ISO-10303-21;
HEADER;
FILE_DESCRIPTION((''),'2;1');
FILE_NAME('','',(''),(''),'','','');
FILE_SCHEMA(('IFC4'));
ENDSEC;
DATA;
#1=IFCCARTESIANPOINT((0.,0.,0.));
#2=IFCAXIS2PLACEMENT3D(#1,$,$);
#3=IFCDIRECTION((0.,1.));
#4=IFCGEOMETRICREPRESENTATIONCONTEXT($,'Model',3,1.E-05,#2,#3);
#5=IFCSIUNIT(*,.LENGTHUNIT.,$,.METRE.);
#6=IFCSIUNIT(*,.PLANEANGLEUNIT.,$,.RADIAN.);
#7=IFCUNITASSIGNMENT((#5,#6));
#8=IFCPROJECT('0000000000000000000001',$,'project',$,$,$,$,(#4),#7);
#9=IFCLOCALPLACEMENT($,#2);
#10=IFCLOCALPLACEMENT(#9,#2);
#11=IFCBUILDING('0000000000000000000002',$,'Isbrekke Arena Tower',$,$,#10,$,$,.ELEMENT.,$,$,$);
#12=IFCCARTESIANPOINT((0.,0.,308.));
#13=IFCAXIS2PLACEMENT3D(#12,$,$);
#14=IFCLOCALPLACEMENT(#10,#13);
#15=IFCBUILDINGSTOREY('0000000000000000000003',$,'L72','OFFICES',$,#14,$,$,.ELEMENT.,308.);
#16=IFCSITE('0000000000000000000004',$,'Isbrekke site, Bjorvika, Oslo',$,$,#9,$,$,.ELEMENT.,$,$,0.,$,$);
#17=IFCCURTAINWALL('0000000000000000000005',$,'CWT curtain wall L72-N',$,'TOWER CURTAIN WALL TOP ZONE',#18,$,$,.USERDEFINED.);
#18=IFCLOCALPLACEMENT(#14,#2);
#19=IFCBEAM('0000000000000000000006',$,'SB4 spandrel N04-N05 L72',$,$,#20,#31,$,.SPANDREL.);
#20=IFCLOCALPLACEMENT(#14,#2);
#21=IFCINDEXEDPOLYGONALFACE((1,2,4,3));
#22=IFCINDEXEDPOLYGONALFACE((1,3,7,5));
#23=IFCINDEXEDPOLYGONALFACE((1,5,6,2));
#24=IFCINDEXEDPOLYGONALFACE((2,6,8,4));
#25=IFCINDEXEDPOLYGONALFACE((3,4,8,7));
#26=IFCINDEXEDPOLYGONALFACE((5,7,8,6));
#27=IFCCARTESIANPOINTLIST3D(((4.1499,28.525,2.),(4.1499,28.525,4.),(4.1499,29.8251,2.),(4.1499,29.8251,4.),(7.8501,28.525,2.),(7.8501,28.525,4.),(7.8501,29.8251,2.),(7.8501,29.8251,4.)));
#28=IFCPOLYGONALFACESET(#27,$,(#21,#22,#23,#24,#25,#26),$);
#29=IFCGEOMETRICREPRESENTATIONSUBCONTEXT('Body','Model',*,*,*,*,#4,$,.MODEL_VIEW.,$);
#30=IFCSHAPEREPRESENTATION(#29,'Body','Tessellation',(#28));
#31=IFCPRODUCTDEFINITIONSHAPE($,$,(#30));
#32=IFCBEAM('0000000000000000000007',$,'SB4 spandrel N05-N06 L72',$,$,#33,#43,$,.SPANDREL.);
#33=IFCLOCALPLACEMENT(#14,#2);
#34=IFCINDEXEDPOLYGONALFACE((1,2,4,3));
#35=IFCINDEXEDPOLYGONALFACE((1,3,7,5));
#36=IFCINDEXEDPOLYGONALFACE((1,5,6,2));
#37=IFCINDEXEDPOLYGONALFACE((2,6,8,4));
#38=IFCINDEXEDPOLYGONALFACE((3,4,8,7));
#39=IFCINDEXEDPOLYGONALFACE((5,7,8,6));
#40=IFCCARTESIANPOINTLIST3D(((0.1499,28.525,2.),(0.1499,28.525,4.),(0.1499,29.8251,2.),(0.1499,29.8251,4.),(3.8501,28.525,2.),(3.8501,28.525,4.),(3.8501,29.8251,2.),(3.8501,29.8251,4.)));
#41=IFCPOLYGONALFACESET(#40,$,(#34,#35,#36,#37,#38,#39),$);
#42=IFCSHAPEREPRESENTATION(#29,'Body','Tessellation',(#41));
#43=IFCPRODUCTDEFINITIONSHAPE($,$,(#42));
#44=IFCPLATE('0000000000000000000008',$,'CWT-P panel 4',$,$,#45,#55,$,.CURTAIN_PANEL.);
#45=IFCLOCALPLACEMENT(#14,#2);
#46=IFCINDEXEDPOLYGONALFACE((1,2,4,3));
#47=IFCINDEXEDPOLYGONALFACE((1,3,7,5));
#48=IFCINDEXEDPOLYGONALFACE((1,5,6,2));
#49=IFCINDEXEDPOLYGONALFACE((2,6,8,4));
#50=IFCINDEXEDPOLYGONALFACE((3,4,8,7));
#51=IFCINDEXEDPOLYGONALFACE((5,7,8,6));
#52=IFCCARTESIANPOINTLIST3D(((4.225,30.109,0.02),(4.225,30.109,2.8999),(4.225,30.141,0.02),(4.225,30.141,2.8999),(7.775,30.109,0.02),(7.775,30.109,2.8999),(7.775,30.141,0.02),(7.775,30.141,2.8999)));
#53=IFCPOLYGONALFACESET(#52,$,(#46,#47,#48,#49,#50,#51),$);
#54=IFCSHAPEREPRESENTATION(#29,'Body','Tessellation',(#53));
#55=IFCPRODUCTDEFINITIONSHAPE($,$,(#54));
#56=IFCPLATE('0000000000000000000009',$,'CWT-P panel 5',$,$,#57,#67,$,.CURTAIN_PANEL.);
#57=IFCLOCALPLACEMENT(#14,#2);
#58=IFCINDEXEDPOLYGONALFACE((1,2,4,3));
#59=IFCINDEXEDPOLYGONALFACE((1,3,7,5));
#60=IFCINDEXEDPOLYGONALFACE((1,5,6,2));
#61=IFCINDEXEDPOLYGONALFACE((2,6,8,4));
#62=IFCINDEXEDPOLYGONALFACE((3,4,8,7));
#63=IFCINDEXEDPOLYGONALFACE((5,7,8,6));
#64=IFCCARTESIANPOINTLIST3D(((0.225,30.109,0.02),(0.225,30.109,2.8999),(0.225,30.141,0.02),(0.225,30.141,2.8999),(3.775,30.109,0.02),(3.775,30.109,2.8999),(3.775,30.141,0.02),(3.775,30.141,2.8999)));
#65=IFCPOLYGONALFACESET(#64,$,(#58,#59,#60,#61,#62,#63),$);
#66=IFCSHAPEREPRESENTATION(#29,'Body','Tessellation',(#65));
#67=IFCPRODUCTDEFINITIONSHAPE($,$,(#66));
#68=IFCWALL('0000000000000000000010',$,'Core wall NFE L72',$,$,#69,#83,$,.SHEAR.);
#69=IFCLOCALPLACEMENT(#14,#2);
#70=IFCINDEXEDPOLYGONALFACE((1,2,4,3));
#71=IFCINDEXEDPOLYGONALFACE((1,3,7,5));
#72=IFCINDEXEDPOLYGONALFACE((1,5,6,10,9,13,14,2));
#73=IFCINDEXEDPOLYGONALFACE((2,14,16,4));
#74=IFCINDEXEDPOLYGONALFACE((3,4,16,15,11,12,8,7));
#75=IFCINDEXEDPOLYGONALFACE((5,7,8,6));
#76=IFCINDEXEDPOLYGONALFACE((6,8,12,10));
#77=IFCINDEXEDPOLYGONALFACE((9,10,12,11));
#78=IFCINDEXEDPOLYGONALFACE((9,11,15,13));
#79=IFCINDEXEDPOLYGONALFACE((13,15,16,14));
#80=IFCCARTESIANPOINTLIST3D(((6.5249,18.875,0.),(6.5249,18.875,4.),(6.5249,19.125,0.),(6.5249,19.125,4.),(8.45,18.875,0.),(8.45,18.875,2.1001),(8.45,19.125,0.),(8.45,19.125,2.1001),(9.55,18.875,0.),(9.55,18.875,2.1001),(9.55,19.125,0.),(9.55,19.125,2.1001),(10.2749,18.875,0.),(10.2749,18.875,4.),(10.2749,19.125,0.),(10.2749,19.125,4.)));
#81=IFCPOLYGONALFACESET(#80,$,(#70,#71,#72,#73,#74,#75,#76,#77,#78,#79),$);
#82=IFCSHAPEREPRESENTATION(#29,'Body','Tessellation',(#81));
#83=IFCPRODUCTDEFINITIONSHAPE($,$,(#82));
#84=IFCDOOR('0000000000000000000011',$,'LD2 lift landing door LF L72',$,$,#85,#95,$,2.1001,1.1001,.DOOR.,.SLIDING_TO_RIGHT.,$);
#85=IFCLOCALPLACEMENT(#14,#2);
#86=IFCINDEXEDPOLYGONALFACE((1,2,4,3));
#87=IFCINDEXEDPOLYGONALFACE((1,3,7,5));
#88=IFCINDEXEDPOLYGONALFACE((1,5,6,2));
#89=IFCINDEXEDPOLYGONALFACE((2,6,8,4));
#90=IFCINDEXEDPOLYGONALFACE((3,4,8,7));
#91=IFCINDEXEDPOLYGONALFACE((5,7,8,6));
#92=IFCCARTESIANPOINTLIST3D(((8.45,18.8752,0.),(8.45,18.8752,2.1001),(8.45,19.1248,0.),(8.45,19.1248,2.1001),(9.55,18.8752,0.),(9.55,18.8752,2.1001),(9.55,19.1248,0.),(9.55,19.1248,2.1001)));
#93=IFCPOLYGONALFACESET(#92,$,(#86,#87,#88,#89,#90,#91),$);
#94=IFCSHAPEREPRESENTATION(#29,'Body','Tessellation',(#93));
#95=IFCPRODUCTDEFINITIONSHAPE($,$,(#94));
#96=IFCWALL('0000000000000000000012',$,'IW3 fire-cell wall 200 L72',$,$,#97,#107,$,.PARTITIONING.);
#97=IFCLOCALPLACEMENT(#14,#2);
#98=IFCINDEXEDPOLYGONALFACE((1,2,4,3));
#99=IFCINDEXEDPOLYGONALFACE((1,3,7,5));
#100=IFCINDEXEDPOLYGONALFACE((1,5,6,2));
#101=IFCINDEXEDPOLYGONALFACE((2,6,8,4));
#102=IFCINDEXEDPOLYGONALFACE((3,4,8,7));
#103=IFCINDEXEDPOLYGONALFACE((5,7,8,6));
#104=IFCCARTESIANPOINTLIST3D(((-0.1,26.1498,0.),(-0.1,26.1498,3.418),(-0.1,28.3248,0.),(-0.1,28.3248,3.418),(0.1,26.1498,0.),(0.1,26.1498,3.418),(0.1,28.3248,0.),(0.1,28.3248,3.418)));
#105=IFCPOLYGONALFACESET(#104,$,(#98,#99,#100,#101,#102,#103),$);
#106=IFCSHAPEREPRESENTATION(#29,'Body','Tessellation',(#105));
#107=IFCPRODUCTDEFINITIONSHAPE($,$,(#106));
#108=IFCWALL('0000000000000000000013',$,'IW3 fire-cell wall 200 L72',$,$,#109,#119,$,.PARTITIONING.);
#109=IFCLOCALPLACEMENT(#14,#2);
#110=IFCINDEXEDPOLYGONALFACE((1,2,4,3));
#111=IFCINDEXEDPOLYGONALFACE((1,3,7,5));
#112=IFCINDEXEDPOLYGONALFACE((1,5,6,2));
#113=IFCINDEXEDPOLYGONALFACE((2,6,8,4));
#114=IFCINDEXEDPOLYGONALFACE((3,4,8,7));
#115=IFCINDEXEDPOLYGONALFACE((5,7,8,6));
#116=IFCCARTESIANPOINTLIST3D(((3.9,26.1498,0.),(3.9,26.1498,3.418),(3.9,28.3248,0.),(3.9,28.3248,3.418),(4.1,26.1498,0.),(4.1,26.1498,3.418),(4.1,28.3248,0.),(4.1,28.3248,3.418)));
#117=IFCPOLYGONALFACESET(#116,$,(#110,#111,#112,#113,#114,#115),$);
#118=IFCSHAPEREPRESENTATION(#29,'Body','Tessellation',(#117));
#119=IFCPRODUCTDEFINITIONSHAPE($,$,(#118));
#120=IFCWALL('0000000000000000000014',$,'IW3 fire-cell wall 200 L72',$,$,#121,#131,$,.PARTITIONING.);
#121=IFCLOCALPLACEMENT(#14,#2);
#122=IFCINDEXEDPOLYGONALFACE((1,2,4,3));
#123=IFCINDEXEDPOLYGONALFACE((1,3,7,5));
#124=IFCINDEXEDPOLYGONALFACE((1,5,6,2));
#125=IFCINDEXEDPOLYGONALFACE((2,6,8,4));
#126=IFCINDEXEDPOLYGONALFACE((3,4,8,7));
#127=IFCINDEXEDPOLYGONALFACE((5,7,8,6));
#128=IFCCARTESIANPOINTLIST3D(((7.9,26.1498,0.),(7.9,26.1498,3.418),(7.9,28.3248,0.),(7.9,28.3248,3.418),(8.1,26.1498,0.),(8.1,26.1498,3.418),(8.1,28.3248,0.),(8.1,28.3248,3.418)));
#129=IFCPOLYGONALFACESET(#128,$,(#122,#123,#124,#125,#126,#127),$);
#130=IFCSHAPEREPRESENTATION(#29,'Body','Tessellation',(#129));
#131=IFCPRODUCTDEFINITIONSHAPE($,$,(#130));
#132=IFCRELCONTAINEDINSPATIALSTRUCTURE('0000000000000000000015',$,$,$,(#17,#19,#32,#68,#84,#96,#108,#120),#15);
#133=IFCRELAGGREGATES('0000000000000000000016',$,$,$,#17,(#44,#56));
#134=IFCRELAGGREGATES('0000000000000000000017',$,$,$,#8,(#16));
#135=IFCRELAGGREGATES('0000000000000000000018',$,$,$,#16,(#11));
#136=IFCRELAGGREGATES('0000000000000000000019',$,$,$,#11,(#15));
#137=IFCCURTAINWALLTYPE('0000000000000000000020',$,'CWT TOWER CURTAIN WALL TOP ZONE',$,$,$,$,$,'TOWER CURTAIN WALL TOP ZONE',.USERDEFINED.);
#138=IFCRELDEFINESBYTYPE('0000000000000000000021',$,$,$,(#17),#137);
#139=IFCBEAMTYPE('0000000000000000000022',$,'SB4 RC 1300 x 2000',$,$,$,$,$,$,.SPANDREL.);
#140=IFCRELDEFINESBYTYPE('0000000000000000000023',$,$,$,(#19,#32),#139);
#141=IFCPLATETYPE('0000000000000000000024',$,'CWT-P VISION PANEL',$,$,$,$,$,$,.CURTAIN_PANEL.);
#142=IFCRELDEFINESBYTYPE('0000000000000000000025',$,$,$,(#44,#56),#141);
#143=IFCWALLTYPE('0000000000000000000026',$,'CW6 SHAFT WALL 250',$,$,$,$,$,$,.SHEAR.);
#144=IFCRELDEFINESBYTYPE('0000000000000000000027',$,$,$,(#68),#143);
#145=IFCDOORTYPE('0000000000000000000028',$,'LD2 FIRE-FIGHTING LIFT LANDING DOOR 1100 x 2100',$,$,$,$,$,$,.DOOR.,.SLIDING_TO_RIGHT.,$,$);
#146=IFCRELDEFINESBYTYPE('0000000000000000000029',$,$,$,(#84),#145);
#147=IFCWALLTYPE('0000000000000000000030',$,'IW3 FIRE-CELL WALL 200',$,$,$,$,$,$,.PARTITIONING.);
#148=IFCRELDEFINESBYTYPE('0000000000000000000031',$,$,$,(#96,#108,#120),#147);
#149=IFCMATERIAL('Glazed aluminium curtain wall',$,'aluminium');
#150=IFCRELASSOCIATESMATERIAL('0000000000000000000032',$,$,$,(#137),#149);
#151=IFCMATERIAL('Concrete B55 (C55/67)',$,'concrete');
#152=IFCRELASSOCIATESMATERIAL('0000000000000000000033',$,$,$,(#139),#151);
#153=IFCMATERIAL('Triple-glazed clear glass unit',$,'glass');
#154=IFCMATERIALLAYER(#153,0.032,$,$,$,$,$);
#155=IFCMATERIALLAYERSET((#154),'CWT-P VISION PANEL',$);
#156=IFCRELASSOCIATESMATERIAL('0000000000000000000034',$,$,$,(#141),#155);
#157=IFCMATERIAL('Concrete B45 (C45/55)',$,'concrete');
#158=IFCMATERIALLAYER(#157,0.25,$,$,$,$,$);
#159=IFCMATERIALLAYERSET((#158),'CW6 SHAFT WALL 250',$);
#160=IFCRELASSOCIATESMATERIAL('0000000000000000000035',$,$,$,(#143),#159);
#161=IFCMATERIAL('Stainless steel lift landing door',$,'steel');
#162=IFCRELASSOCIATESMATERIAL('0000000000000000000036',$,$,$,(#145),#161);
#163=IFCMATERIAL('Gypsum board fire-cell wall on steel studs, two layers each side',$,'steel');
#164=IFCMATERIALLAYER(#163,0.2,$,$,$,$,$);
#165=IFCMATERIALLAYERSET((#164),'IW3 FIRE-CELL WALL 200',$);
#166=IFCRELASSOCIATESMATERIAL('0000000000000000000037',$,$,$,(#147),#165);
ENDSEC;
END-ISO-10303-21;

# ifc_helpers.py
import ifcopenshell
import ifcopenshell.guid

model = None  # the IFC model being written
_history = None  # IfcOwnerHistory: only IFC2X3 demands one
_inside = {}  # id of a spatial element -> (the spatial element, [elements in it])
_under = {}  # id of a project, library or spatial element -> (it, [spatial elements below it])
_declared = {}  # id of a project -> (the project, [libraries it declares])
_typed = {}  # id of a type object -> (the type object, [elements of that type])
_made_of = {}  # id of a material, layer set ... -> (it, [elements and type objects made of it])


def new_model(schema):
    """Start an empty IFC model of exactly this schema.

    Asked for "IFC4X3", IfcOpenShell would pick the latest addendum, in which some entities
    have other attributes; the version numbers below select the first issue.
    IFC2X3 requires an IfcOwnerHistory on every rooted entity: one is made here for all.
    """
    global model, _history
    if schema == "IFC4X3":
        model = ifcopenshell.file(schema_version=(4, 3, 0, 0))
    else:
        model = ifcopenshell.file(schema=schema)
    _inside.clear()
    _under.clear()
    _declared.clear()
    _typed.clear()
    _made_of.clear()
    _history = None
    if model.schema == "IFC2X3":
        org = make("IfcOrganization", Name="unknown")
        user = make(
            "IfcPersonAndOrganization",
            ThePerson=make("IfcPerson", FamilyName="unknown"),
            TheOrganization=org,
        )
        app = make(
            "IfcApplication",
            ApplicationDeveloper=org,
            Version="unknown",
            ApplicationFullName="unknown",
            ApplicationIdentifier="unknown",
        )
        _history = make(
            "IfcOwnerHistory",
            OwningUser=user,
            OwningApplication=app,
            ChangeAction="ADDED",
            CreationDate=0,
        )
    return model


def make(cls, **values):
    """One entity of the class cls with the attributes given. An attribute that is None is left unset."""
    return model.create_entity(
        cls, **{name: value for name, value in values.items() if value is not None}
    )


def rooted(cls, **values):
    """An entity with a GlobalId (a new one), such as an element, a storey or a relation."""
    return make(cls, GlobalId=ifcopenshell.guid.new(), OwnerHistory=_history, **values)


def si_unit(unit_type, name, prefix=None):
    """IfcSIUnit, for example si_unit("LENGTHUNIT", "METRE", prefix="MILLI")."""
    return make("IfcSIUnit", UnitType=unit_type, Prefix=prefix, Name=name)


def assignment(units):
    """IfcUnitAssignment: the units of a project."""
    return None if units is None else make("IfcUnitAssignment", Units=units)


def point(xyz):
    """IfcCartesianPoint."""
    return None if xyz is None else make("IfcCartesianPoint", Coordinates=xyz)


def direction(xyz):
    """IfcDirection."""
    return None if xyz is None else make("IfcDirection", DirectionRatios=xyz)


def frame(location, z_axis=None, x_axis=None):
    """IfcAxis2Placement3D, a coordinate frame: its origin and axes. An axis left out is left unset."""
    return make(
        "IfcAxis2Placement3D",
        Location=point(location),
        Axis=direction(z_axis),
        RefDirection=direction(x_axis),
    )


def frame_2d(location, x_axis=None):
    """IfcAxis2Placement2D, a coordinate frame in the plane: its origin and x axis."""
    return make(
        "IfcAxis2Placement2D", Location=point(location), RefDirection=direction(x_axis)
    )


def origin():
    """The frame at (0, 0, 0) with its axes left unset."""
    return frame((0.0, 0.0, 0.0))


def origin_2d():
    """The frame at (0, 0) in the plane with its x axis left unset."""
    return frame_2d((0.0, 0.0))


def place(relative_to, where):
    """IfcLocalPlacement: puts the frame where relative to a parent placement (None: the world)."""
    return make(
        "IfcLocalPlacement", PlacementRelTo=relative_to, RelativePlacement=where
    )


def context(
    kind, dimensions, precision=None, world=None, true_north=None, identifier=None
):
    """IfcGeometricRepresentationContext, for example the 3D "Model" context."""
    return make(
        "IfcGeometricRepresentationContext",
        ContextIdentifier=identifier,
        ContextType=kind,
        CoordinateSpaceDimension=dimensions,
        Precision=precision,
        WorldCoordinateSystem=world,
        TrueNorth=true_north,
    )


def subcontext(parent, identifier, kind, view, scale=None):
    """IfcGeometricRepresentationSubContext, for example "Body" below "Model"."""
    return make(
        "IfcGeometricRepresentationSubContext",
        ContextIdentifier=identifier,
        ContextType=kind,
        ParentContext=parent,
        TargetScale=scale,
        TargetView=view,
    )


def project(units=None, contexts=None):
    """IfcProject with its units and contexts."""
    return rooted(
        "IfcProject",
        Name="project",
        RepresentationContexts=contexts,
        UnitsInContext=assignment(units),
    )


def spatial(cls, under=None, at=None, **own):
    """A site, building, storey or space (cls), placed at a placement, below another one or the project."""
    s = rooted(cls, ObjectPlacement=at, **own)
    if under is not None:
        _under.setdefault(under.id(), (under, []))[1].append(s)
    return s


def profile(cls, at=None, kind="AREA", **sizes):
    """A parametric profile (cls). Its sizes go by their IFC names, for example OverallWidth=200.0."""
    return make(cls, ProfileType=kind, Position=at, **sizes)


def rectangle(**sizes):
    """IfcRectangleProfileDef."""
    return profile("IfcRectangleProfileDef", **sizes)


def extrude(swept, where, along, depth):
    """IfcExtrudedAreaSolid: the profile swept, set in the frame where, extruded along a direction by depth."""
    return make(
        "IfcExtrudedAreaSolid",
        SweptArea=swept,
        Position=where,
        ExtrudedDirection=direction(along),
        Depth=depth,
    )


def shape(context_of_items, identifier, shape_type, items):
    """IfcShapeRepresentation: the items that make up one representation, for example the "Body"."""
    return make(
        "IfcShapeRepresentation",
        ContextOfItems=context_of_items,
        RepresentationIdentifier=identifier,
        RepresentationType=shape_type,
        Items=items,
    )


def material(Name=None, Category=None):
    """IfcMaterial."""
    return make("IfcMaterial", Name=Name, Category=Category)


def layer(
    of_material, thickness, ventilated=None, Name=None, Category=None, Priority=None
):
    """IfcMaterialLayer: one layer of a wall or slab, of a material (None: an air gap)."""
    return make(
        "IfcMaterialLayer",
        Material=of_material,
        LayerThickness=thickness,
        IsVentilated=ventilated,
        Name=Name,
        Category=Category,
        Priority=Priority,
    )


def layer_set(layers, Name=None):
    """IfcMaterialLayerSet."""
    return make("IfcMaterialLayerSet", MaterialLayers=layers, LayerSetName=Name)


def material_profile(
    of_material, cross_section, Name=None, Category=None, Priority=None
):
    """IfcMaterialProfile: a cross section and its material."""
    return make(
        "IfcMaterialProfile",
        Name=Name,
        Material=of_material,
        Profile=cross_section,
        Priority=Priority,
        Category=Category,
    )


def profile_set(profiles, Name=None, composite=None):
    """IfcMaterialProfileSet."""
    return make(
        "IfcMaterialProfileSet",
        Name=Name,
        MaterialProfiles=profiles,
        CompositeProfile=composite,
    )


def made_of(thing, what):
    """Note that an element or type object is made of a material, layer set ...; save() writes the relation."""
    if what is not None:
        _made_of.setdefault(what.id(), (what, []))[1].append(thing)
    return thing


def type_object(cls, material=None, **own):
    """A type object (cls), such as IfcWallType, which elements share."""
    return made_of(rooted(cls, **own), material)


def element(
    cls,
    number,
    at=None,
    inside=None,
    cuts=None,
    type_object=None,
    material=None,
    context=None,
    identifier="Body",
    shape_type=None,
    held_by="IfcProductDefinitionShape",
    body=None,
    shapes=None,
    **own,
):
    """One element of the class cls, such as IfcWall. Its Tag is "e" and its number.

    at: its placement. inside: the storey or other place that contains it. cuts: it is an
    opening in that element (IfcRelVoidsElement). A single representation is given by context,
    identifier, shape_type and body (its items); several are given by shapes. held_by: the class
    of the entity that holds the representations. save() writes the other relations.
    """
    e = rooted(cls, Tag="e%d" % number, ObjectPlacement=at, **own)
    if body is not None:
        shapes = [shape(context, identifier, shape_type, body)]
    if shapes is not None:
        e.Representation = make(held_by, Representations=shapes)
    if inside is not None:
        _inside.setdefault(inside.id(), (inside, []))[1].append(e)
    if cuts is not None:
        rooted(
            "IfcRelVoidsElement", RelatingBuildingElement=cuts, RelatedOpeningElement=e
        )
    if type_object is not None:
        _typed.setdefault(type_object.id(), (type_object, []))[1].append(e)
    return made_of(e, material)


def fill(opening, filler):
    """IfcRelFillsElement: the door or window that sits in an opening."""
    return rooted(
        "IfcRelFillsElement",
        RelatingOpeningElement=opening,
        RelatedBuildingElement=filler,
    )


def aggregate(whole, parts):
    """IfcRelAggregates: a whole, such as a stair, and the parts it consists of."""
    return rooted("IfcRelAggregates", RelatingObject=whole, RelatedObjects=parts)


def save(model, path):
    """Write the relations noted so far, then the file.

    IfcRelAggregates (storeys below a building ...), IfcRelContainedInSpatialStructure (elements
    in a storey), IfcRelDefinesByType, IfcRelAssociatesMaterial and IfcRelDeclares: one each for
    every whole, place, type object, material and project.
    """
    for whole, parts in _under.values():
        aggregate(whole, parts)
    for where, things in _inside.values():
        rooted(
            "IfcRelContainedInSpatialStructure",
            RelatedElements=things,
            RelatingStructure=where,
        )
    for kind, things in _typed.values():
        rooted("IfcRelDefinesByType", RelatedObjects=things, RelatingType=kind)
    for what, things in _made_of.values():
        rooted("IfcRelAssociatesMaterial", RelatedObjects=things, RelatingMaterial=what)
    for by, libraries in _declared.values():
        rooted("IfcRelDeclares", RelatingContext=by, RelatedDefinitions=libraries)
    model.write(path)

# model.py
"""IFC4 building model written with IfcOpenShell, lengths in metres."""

from ifc_helpers import new_model, si_unit, direction, frame, frame_2d, origin, origin_2d, place, context, subcontext, project, spatial, rectangle, extrude, material, layer, layer_set, material_profile, profile_set, type_object, element, fill, aggregate, save


model = new_model("IFC4")

# Units and contexts
model_context = context("Model", 3, precision=1e-05, world=origin(), true_north=direction((0.0, 1.0)))
body_context = subcontext(model_context, "Body", "Model", "MODEL_VIEW")
ifc_project = project(units=[si_unit("LENGTHUNIT", "METRE"), si_unit("PLANEANGLEUNIT", "RADIAN")], contexts=[model_context])

# Site, building, storey
site_placement = place(None, origin())
site = spatial("IfcSite", under=ifc_project, at=site_placement, Name="Isbrekke site, Bjorvika, Oslo", CompositionType="ELEMENT", RefElevation=0.0)
building_placement = place(site_placement, origin())
building = spatial("IfcBuilding", under=site, at=building_placement, Name="Isbrekke Arena Tower", CompositionType="ELEMENT")
storey_placement = place(building_placement, frame((0.0, 0.0, 308.0)))
storey = spatial("IfcBuildingStorey", under=building, at=storey_placement, Name="L72", Description="OFFICES", CompositionType="ELEMENT", Elevation=308.0)

# Curtain wall
ifc_material_1 = material(Name="Glazed aluminium curtain wall", Category="aluminium")
curtain_wall_type = type_object("IfcCurtainWallType", Name="CWT TOWER CURTAIN WALL TOP ZONE", ElementType="TOWER CURTAIN WALL TOP ZONE", PredefinedType="USERDEFINED", material=ifc_material_1)
curtain_wall_placement = place(storey_placement, origin())
curtain_wall = element("IfcCurtainWall", 1, at=curtain_wall_placement, inside=storey, type_object=curtain_wall_type, Name="CWT curtain wall L72-N", ObjectType="TOWER CURTAIN WALL TOP ZONE", PredefinedType="USERDEFINED")

# Beams
ifc_material_2 = material(Name="Concrete B55 (C55/67)", Category="concrete")
ifc_material_profile_1 = material_profile(ifc_material_2, rectangle(XDim=1.3, YDim=2.0, at=origin_2d()), Name="RC 1300x2000")
ifc_profile_set_1 = profile_set([ifc_material_profile_1], Name="Concrete B55 (C55/67)")
beam_type_1 = type_object("IfcBeamType", Name="SB4 RC 1300 x 2000", PredefinedType="SPANDREL", material=ifc_profile_set_1)
for number, where, z_axis, x_axis, name in (
    (2, (7.8501, 29.175, 3.0), (-1.0, 0.0, 0.0), (0.0, -1.0, 0.0), "SB4 spandrel N04-N05 L72"),
    (3, (3.8501, 29.175, 3.0), (-1.0, 0.0, 0.0), (0.0, -1.0, 0.0), "SB4 spandrel N05-N06 L72"),
):
    element("IfcBeam", number, at=place(storey_placement, frame(where, z_axis=z_axis, x_axis=x_axis)), inside=storey, type_object=beam_type_1, Name=name, PredefinedType="SPANDREL", context=body_context, shape_type="SweptSolid", body=[
        extrude(rectangle(XDim=1.3, YDim=2.0, at=origin_2d()), origin(), (0.0, 0.0, 1.0), 3.7002),
    ])

# Plates
ifc_material_3 = material(Name="Triple-glazed clear glass unit", Category="glass")
ifc_layer_1 = layer(ifc_material_3, 0.032)
ifc_layer_set_1 = layer_set([ifc_layer_1], Name="CWT-P VISION PANEL")
plate_type = type_object("IfcPlateType", Name="CWT-P VISION PANEL", PredefinedType="CURTAIN_PANEL", material=ifc_layer_set_1)
plate_1_placement = place(storey_placement, frame((6.0, 30.125, 0.02), z_axis=(0.0, 0.0, 1.0), x_axis=(-1.0, 0.0, 0.0)))
plate_1 = element("IfcPlate", 4, at=plate_1_placement, type_object=plate_type, Name="CWT-P panel 4", PredefinedType="CURTAIN_PANEL", context=body_context, shape_type="SweptSolid", body=[
    extrude(rectangle(XDim=3.55, YDim=0.032, at=origin_2d()), origin(), (0.0, 0.0, 1.0), 2.8799),
])
plate_2_placement = place(storey_placement, frame((2.0, 30.125, 0.02), z_axis=(0.0, 0.0, 1.0), x_axis=(-1.0, 0.0, 0.0)))
plate_2 = element("IfcPlate", 5, at=plate_2_placement, type_object=plate_type, Name="CWT-P panel 5", PredefinedType="CURTAIN_PANEL", context=body_context, shape_type="SweptSolid", body=[
    extrude(rectangle(XDim=3.55, YDim=0.032, at=origin_2d()), origin(), (0.0, 0.0, 1.0), 2.8799),
])
aggregate(curtain_wall, [plate_1, plate_2])

# Wall, opening, door
ifc_material_4 = material(Name="Concrete B45 (C45/55)", Category="concrete")
ifc_layer_2 = layer(ifc_material_4, 0.25)
ifc_layer_set_2 = layer_set([ifc_layer_2], Name="CW6 SHAFT WALL 250")
wall_type_1 = type_object("IfcWallType", Name="CW6 SHAFT WALL 250", PredefinedType="SHEAR", material=ifc_layer_set_2)
wall_placement = place(storey_placement, frame((6.5249, 19.0, 0.0), z_axis=(0.0, 0.0, 1.0), x_axis=(1.0, 0.0, 0.0)))
wall = element("IfcWall", 6, at=wall_placement, inside=storey, type_object=wall_type_1, Name="Core wall NFE L72", PredefinedType="SHEAR", context=body_context, shape_type="SweptSolid", body=[
    extrude(rectangle(XDim=3.75, YDim=0.25, at=frame_2d((1.875, 0.0))), origin(), (0.0, 0.0, 1.0), 4.0),
])
opening_placement = place(wall_placement, frame((1.925, 0.0, 0.0)))
opening = element("IfcOpeningElement", 7, at=opening_placement, cuts=wall, PredefinedType="OPENING", context=body_context, shape_type="SweptSolid", body=[
    extrude(rectangle(XDim=1.1001, YDim=2.1001, at=frame_2d((0.55, 1.05))), frame((0.0, 0.1399, 0.0), z_axis=(0.0, -1.0, 0.0), x_axis=(1.0, 0.0, 0.0)), (0.0, 0.0, 1.0), 0.2798),
])
ifc_material_5 = material(Name="Stainless steel lift landing door", Category="steel")
door_type = type_object("IfcDoorType", Name="LD2 FIRE-FIGHTING LIFT LANDING DOOR 1100 x 2100", OperationType="SLIDING_TO_RIGHT", PredefinedType="DOOR", material=ifc_material_5)
door_placement = place(opening_placement, origin())
door = element("IfcDoor", 8, at=door_placement, inside=storey, type_object=door_type, Name="LD2 lift landing door LF L72", OperationType="SLIDING_TO_RIGHT", OverallHeight=2.1001, OverallWidth=1.1001, PredefinedType="DOOR", context=body_context, shape_type="SweptSolid", body=[
    extrude(rectangle(XDim=1.1001, YDim=2.1001, at=frame_2d((0.55, 1.05))), frame((0.0, 0.1248, 0.0), z_axis=(0.0, -1.0, 0.0), x_axis=(1.0, 0.0, 0.0)), (0.0, 0.0, 1.0), 0.2495),
])
fill(opening, door)

# Walls
ifc_material_6 = material(Name="Gypsum board fire-cell wall on steel studs, two layers each side", Category="steel")
ifc_layer_3 = layer(ifc_material_6, 0.2)
ifc_layer_set_3 = layer_set([ifc_layer_3], Name="IW3 FIRE-CELL WALL 200")
wall_type_2 = type_object("IfcWallType", Name="IW3 FIRE-CELL WALL 200", PredefinedType="PARTITIONING", material=ifc_layer_set_3)
for number, where, z_axis, x_axis, name in (
    (9, (0.0, 26.1499, 0.0), (0.0, 0.0, 1.0), (0.0, 1.0, 0.0), "IW3 fire-cell wall 200 L72"),
    (10, (4.0, 26.1499, 0.0), (0.0, 0.0, 1.0), (0.0, 1.0, 0.0), "IW3 fire-cell wall 200 L72"),
    (11, (8.0, 26.1499, 0.0), (0.0, 0.0, 1.0), (0.0, 1.0, 0.0), "IW3 fire-cell wall 200 L72"),
):
    element("IfcWall", number, at=place(storey_placement, frame(where, z_axis=z_axis, x_axis=x_axis)), inside=storey, type_object=wall_type_2, Name=name, PredefinedType="PARTITIONING", context=body_context, shape_type="SweptSolid", body=[
        extrude(rectangle(XDim=2.175, YDim=0.2, at=frame_2d((1.0874, 0.0))), origin(), (0.0, 0.0, 1.0), 3.418),
    ])

save(model, "model.ifc")
